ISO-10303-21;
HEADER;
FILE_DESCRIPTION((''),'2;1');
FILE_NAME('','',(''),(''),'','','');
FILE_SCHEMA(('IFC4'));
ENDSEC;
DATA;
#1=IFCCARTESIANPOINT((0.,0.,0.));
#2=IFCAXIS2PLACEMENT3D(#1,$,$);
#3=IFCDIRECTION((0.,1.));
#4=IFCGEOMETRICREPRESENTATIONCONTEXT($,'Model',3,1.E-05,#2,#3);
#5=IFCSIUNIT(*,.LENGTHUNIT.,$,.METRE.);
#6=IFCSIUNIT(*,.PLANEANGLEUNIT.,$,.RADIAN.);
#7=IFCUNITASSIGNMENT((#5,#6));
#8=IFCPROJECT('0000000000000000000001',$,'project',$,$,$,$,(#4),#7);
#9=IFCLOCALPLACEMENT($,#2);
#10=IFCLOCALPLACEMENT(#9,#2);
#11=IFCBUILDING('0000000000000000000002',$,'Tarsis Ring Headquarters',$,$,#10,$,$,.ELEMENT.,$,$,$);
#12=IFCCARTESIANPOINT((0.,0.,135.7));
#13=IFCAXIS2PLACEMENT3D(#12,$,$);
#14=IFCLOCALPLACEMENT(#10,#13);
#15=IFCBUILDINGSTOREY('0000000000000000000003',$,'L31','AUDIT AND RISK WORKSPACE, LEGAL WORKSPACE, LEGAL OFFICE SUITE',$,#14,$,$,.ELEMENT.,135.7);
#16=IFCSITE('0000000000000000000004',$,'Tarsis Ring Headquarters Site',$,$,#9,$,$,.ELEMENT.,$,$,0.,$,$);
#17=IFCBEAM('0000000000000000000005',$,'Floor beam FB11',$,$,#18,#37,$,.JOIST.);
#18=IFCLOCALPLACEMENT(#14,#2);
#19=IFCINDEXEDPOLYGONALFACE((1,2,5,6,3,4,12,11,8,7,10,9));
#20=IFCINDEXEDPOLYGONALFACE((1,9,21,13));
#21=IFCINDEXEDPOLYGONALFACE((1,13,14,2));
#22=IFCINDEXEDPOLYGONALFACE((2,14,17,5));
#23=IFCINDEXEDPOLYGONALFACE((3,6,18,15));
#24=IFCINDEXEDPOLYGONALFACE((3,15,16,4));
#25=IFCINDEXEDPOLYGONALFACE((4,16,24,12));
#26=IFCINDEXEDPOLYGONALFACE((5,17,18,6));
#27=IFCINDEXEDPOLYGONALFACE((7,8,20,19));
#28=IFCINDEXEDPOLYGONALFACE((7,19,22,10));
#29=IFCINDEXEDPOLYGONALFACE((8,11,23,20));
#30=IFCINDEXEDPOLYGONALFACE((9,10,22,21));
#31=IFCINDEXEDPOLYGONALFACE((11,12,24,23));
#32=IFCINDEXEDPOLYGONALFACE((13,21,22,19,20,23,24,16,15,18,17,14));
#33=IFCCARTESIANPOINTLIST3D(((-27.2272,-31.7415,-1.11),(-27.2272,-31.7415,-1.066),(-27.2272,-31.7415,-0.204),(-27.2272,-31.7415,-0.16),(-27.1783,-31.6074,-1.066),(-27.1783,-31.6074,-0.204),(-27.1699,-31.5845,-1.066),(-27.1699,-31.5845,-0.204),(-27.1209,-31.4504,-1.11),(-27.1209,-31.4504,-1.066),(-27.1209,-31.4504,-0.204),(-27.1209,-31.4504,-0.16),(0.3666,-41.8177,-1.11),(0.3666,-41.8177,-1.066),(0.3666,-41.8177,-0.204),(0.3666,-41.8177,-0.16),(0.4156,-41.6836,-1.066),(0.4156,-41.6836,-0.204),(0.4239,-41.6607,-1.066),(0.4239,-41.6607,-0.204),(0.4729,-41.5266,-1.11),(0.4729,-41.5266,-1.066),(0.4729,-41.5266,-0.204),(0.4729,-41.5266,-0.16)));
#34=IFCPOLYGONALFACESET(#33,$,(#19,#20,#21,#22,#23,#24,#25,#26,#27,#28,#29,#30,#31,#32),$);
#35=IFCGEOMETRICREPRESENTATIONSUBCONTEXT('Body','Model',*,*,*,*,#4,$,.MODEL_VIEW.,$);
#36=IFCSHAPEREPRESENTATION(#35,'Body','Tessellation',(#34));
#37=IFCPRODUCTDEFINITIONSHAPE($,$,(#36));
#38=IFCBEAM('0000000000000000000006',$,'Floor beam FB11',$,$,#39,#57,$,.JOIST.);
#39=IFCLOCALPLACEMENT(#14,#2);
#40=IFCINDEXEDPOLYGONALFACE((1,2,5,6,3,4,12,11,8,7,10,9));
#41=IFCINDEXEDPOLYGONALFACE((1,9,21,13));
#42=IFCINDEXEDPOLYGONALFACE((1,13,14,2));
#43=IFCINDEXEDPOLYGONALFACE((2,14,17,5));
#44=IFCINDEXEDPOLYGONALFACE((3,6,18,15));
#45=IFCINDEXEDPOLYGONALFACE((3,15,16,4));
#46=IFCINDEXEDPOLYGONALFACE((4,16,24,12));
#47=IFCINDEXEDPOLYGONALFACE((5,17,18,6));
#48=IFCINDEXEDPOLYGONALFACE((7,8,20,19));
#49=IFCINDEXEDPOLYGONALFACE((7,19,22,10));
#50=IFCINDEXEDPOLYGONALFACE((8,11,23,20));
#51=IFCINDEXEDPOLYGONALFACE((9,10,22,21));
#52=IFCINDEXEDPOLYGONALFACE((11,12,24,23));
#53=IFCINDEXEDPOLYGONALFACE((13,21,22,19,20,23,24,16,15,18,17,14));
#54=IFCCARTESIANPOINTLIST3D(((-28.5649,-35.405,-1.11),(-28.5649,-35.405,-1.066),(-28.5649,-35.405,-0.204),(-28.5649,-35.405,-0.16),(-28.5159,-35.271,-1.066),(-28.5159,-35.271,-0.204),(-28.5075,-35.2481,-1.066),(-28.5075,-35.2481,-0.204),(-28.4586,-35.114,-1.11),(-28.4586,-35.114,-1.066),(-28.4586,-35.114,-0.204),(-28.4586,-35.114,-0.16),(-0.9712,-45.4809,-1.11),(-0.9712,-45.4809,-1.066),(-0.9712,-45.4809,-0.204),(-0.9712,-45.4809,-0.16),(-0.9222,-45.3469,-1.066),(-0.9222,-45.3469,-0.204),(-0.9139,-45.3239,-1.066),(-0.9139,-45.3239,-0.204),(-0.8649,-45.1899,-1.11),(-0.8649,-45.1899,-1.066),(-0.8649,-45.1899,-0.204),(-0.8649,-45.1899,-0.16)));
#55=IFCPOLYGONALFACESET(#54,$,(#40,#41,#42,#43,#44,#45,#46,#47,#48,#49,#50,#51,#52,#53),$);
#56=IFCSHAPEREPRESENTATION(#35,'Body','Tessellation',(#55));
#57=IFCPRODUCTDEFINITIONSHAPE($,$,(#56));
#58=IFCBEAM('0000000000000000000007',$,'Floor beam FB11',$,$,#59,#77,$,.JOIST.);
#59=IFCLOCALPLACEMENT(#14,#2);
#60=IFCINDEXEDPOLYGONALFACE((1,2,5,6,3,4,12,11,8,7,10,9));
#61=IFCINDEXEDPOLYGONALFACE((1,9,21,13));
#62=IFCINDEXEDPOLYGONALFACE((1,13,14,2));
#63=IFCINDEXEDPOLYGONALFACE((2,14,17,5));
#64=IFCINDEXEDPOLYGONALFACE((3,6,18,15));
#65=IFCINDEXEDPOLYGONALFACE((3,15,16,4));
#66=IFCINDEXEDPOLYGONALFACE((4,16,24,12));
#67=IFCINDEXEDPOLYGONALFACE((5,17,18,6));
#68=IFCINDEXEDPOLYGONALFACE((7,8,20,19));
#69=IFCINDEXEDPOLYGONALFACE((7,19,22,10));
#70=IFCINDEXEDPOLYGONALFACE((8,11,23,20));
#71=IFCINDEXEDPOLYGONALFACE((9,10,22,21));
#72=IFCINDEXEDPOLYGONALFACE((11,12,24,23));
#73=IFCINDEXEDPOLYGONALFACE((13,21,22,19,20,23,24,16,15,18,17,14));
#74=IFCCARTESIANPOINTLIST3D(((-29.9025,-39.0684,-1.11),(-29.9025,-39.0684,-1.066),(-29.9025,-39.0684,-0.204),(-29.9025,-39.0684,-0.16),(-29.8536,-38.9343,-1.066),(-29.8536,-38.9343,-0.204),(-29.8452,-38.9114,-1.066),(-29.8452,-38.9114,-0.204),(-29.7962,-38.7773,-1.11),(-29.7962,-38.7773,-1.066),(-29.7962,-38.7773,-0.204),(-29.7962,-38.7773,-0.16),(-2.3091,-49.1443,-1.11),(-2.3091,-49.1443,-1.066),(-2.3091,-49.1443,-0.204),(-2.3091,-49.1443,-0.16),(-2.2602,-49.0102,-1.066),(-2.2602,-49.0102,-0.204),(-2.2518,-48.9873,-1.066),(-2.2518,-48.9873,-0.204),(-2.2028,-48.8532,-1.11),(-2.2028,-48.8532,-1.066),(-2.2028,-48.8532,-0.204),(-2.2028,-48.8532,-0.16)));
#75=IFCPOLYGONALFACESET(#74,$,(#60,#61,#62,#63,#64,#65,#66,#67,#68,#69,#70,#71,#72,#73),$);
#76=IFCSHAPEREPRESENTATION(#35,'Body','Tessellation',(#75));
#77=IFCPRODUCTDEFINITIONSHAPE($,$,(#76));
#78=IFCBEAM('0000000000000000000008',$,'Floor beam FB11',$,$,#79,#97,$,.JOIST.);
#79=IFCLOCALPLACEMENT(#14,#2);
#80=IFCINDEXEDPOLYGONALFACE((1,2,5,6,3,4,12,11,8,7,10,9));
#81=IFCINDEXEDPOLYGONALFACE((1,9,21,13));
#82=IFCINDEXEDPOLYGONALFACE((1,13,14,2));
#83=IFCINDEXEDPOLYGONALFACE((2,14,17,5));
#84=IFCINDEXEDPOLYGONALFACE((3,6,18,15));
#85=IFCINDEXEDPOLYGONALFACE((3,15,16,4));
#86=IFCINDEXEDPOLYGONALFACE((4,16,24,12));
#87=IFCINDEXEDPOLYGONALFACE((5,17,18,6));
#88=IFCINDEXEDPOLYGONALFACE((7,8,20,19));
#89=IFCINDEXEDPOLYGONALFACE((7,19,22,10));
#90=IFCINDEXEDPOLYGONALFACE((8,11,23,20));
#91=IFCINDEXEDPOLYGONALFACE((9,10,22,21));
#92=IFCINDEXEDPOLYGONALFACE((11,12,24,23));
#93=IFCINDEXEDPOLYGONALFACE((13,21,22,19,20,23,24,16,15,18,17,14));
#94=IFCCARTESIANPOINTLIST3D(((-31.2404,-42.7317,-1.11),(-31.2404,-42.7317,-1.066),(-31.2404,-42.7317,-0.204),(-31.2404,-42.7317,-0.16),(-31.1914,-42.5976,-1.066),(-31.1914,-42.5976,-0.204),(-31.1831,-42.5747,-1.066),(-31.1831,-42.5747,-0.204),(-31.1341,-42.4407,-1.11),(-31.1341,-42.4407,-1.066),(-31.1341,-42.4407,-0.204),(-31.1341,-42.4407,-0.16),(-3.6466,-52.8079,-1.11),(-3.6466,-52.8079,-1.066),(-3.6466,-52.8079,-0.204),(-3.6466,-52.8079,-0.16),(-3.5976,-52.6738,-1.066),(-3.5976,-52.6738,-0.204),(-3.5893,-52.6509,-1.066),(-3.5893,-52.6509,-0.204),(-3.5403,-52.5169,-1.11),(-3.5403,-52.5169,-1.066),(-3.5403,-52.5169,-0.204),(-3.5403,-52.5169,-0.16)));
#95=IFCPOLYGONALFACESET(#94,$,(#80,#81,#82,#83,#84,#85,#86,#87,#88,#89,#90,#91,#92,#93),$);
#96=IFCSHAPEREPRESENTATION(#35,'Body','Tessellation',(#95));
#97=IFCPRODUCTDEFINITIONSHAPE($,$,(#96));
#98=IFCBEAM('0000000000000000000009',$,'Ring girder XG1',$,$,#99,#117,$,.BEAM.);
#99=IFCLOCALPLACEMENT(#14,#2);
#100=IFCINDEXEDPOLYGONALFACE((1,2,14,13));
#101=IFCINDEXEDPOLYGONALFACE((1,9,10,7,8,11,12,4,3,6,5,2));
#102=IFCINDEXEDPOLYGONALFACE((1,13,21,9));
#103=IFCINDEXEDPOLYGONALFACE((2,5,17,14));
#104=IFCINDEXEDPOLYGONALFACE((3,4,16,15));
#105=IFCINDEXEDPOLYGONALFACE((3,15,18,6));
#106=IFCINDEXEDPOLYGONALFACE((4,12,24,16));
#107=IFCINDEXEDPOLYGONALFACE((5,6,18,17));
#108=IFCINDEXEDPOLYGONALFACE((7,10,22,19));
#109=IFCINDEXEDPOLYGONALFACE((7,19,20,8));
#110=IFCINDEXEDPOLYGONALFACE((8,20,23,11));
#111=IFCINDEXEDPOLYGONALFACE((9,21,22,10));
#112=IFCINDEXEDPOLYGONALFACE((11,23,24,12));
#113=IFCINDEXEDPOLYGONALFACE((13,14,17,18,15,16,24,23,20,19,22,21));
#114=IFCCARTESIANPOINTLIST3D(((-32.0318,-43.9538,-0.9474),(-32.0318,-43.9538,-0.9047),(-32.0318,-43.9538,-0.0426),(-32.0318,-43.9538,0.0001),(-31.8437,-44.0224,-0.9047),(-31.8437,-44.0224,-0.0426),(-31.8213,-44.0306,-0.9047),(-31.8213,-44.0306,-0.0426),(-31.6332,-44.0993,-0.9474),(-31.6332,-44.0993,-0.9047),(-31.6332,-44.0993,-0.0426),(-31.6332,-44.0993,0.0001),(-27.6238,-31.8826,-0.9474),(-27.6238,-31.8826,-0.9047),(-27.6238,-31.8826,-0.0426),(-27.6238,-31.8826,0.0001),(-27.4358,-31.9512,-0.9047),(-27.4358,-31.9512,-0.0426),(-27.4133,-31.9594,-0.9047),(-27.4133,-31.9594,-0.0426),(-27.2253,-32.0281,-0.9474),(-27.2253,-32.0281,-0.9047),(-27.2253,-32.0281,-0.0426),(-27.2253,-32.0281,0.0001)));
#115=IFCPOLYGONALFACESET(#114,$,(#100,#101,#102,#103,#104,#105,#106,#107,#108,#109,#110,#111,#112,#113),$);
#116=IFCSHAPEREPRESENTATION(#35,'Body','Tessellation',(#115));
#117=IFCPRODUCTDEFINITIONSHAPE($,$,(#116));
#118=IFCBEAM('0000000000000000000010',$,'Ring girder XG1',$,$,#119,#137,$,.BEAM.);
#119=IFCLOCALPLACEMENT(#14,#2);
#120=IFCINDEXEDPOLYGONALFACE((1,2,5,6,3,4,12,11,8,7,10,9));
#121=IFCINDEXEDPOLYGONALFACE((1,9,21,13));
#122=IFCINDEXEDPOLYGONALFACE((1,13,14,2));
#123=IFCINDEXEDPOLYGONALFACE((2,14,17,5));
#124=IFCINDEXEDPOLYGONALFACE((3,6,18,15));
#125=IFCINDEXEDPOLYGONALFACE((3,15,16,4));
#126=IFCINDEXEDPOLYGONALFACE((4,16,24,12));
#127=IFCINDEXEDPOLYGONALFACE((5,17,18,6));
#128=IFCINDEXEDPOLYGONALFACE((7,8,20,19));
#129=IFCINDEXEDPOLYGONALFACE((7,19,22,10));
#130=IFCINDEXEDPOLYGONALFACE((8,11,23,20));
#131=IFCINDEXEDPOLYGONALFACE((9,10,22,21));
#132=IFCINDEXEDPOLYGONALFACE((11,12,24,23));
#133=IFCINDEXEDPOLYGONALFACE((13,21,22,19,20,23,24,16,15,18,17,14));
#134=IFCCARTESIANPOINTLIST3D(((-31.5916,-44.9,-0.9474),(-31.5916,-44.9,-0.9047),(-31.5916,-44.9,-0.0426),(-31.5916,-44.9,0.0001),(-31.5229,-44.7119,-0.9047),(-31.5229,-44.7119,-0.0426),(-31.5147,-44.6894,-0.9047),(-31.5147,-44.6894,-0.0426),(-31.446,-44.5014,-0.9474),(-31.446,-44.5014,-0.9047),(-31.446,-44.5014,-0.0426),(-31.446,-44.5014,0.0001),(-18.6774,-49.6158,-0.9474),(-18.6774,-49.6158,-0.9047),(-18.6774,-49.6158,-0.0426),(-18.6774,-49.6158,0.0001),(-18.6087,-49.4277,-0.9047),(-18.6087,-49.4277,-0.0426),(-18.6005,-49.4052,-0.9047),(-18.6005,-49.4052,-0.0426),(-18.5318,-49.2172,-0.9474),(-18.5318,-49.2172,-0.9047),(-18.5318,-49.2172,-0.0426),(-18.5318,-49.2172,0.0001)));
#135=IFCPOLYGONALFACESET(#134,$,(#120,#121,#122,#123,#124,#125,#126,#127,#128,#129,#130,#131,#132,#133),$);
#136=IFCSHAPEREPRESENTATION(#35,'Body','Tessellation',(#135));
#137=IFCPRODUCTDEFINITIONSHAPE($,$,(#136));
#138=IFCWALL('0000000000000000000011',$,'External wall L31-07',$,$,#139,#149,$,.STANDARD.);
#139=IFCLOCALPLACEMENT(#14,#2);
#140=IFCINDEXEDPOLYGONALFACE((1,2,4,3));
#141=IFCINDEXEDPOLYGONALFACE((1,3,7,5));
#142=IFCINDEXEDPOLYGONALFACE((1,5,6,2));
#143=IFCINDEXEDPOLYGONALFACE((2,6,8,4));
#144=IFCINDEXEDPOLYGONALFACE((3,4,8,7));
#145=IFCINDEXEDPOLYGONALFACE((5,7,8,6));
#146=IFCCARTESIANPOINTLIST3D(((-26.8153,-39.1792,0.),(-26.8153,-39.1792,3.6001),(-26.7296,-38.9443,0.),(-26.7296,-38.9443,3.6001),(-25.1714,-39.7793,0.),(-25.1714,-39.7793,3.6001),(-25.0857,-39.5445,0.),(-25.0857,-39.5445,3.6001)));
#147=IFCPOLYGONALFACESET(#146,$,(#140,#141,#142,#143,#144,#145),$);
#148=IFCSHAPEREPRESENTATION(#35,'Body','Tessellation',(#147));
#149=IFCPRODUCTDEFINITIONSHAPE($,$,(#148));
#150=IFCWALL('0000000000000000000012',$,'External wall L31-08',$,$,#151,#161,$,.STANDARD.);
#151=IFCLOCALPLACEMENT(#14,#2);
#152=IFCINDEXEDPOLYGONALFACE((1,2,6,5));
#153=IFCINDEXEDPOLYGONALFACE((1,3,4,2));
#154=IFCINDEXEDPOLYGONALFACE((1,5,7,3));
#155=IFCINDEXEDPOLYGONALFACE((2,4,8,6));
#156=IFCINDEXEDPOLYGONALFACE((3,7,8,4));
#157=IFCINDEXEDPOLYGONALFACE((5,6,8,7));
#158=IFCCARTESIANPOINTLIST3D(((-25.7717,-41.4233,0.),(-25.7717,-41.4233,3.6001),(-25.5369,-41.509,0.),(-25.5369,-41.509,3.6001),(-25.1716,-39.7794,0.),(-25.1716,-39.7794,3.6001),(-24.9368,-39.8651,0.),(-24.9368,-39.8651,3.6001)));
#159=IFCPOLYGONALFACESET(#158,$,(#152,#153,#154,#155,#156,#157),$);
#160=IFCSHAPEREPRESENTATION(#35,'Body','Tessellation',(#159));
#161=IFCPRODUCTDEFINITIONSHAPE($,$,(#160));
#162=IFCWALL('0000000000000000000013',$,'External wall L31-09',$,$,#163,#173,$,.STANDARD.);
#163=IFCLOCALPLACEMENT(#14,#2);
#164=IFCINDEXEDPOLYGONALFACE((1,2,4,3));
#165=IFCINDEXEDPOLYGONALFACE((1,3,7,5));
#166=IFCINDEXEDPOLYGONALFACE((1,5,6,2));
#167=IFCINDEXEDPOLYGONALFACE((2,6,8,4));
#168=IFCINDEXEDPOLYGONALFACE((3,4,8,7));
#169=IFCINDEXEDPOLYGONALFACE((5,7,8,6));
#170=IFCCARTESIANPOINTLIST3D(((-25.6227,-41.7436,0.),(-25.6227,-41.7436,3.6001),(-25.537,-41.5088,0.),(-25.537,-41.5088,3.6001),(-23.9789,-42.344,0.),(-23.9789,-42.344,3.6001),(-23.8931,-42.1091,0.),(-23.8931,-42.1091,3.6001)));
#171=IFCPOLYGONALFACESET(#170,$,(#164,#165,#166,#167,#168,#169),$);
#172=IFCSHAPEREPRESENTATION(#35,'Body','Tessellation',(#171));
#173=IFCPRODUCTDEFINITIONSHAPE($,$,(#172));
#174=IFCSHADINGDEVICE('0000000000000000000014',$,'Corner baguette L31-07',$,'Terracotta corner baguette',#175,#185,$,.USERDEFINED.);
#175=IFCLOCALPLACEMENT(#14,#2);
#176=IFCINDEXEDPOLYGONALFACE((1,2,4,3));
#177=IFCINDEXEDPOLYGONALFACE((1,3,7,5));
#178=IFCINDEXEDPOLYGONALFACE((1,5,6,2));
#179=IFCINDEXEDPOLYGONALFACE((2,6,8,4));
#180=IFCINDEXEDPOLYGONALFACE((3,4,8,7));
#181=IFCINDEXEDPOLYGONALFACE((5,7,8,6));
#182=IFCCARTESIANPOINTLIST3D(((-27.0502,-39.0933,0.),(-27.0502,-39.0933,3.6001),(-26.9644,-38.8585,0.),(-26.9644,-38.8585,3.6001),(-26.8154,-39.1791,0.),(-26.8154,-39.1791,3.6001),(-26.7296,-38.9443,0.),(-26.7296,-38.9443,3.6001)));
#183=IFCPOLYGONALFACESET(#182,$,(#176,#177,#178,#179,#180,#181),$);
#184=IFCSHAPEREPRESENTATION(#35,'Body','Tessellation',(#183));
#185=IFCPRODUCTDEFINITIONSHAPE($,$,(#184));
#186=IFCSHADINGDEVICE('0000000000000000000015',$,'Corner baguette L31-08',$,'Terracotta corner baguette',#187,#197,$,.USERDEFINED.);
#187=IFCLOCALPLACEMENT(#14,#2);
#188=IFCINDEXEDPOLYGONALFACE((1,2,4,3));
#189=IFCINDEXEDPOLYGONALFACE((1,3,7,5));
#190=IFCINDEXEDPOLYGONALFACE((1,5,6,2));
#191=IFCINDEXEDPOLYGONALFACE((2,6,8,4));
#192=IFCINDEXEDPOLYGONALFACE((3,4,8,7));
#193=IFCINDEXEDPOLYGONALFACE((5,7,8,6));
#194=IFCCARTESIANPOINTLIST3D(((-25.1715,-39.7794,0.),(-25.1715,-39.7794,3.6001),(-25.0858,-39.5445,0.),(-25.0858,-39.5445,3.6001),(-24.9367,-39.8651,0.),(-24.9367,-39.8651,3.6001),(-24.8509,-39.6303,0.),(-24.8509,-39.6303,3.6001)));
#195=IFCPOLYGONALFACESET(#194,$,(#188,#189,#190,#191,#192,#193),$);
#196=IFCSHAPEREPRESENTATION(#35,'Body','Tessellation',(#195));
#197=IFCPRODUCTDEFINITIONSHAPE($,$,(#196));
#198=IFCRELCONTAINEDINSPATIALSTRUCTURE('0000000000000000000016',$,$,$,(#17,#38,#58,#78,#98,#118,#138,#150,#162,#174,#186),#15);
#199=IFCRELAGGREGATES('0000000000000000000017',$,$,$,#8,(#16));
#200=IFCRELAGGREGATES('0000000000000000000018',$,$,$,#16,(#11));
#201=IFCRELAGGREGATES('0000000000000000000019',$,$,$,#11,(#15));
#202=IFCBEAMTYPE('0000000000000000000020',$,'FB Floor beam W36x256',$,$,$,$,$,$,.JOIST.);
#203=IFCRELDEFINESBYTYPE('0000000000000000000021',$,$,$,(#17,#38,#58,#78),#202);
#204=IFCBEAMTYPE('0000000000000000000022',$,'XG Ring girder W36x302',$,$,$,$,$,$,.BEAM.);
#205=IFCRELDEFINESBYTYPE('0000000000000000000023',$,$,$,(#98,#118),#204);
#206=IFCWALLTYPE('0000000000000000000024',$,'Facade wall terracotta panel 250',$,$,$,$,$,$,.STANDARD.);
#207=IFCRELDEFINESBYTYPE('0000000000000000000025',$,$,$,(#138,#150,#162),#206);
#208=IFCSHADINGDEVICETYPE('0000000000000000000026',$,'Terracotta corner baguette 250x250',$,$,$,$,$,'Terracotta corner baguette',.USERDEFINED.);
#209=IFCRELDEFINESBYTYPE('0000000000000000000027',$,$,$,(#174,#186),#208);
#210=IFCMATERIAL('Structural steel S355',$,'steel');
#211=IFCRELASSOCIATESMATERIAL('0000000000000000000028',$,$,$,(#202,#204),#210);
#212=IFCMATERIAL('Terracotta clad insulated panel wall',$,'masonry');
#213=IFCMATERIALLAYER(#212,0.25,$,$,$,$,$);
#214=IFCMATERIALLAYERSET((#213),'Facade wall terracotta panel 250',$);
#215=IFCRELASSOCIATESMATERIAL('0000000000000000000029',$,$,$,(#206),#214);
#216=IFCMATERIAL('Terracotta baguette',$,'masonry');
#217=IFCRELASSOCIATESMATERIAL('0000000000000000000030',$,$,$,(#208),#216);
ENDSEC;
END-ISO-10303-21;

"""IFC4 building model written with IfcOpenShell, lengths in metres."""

from ifc_helpers import new_model, si_unit, direction, frame, frame_2d, origin, origin_2d, place, context, subcontext, project, spatial, rectangle, i_section, extrude, material, layer, layer_set, material_profile, profile_set, type_object, element, save


model = new_model("IFC4")

# Units and contexts
model_context = context("Model", 3, precision=1e-05, world=origin(), true_north=direction((0.0, 1.0)))
body_context = subcontext(model_context, "Body", "Model", "MODEL_VIEW")
ifc_project = project(units=[si_unit("LENGTHUNIT", "METRE"), si_unit("PLANEANGLEUNIT", "RADIAN")], contexts=[model_context])

# Site, building, storey
site_placement = place(None, origin())
site = spatial("IfcSite", under=ifc_project, at=site_placement, Name="Tarsis Ring Headquarters Site", CompositionType="ELEMENT", RefElevation=0.0)
building_placement = place(site_placement, origin())
building = spatial("IfcBuilding", under=site, at=building_placement, Name="Tarsis Ring Headquarters", CompositionType="ELEMENT")
storey_placement = place(building_placement, frame((0.0, 0.0, 135.7)))
storey = spatial("IfcBuildingStorey", under=building, at=storey_placement, Name="L31", Description="AUDIT AND RISK WORKSPACE, LEGAL WORKSPACE, LEGAL OFFICE SUITE", CompositionType="ELEMENT", Elevation=135.7)

# Shared definitions
ifc_material_1 = material(Name="Structural steel S355", Category="steel")

# Beams
ifc_material_profile_1 = material_profile(ifc_material_1, i_section(OverallWidth=0.3098, OverallDepth=0.95, WebThickness=0.0244, FlangeThickness=0.0439, at=origin_2d()), Name="W36x256")
ifc_profile_set_1 = profile_set([ifc_material_profile_1], Name="Structural steel S355")
beam_type_1 = type_object("IfcBeamType", Name="FB Floor beam W36x256", PredefinedType="JOIST", material=ifc_profile_set_1)
beam_1_placement = place(storey_placement, frame((-27.1741, -31.5959, -0.635), z_axis=(0.939332, -0.343008, 0.0), x_axis=(0.343008, 0.939332, 0.0)))
element("IfcBeam", 1, at=beam_1_placement, inside=storey, type_object=beam_type_1, Name="Floor beam FB11", PredefinedType="JOIST", context=body_context, shape_type="SweptSolid", body=[
    extrude(i_section(OverallWidth=0.3098, OverallDepth=0.95, WebThickness=0.0244, FlangeThickness=0.0439, at=origin_2d()), origin(), (0.0, 0.0, 1.0), 29.376),
])
beam_2_placement = place(storey_placement, frame((-28.5117, -35.2595, -0.635), z_axis=(0.939335, -0.343001, 0.0), x_axis=(0.343001, 0.939335, 0.0)))
element("IfcBeam", 2, at=beam_2_placement, inside=storey, type_object=beam_type_1, Name="Floor beam FB11", PredefinedType="JOIST", context=body_context, shape_type="SweptSolid", body=[
    extrude(i_section(OverallWidth=0.3098, OverallDepth=0.95, WebThickness=0.0244, FlangeThickness=0.0439, at=origin_2d()), origin(), (0.0, 0.0, 1.0), 29.3757),
])
beam_3_placement = place(storey_placement, frame((-29.8494, -38.9229, -0.635), z_axis=(0.939334, -0.343003, 0.0), x_axis=(0.343003, 0.939334, 0.0)))
element("IfcBeam", 3, at=beam_3_placement, inside=storey, type_object=beam_type_1, Name="Floor beam FB11", PredefinedType="JOIST", context=body_context, shape_type="SweptSolid", body=[
    extrude(i_section(OverallWidth=0.3098, OverallDepth=0.95, WebThickness=0.0244, FlangeThickness=0.0439, at=origin_2d()), origin(), (0.0, 0.0, 1.0), 29.3755),
])
beam_4_placement = place(storey_placement, frame((-31.1873, -42.5862, -0.635), z_axis=(0.939332, -0.343008, 0.0), x_axis=(0.343008, 0.939332, 0.0)))
element("IfcBeam", 4, at=beam_4_placement, inside=storey, type_object=beam_type_1, Name="Floor beam FB11", PredefinedType="JOIST", context=body_context, shape_type="SweptSolid", body=[
    extrude(i_section(OverallWidth=0.3098, OverallDepth=0.95, WebThickness=0.0244, FlangeThickness=0.0439, at=origin_2d()), origin(), (0.0, 0.0, 1.0), 29.376),
])
ifc_material_profile_2 = material_profile(ifc_material_1, i_section(OverallWidth=0.4243, OverallDepth=0.9475, WebThickness=0.0239, FlangeThickness=0.0427, at=origin_2d()), Name="W36x302")
ifc_profile_set_2 = profile_set([ifc_material_profile_2], Name="Structural steel S355")
beam_type_2 = type_object("IfcBeamType", Name="XG Ring girder W36x302", PredefinedType="BEAM", material=ifc_profile_set_2)
beam_5_placement = place(storey_placement, frame((-27.4246, -31.9553, -0.4736), z_axis=(-0.343007, -0.939333, 0.0), x_axis=(0.939333, -0.343007, 0.0)))
element("IfcBeam", 5, at=beam_5_placement, inside=storey, type_object=beam_type_2, Name="Ring girder XG1", PredefinedType="BEAM", context=body_context, shape_type="SweptSolid", body=[
    extrude(i_section(OverallWidth=0.4243, OverallDepth=0.9475, WebThickness=0.0239, FlangeThickness=0.0427, at=origin_2d()), origin(), (0.0, 0.0, 1.0), 12.8508),
])
beam_6_placement = place(storey_placement, frame((-31.5188, -44.7007, -0.4736), z_axis=(0.939332, -0.343009, 0.0), x_axis=(0.343009, 0.939332, 0.0)))
element("IfcBeam", 6, at=beam_6_placement, inside=storey, type_object=beam_type_2, Name="Ring girder XG1", PredefinedType="BEAM", context=body_context, shape_type="SweptSolid", body=[
    extrude(i_section(OverallWidth=0.4243, OverallDepth=0.9475, WebThickness=0.0239, FlangeThickness=0.0427, at=origin_2d()), origin(), (0.0, 0.0, 1.0), 13.7483),
])

# Walls
ifc_material_2 = material(Name="Terracotta clad insulated panel wall", Category="masonry")
ifc_layer = layer(ifc_material_2, 0.25)
ifc_layer_set = layer_set([ifc_layer], Name="Facade wall terracotta panel 250")
wall_type = type_object("IfcWallType", Name="Facade wall terracotta panel 250", PredefinedType="STANDARD", material=ifc_layer_set)
for number, where, z_axis, x_axis, name in (
    (7, (-26.7725, -39.0618, 0.0), (0.0, 0.0, 1.0), (0.939361, -0.34293, 0.0), "External wall L31-07"),
    (8, (-25.0542, -39.8223, 0.0), (0.0, 0.0, 1.0), (-0.34293, -0.939361, 0.0), "External wall L31-08"),
    (9, (-25.5798, -41.6262, 0.0), (0.0, 0.0, 1.0), (0.939316, -0.343053, 0.0), "External wall L31-09"),
):
    element("IfcWall", number, at=place(storey_placement, frame(where, z_axis=z_axis, x_axis=x_axis)), inside=storey, type_object=wall_type, Name=name, PredefinedType="STANDARD", context=body_context, shape_type="SweptSolid", body=[
        extrude(rectangle(XDim=1.75, YDim=0.25, at=frame_2d((0.875, 0.0))), origin(), (0.0, 0.0, 1.0), 3.6001),
    ])

# Shading devices
ifc_material_3 = material(Name="Terracotta baguette", Category="masonry")
shading_device_type = type_object("IfcShadingDeviceType", Name="Terracotta corner baguette 250x250", ElementType="Terracotta corner baguette", PredefinedType="USERDEFINED", material=ifc_material_3)
for number, where, z_axis, x_axis, name in (
    (10, (-26.8899, -39.0188, 0.0), (0.0, 0.0, 1.0), (-0.343004, -0.939334, 0.0), "Corner baguette L31-07"),
    (11, (-25.0112, -39.7048, 0.0), (0.0, 0.0, 1.0), (0.939334, -0.343004, 0.0), "Corner baguette L31-08"),
):
    element("IfcShadingDevice", number, at=place(storey_placement, frame(where, z_axis=z_axis, x_axis=x_axis)), inside=storey, type_object=shading_device_type, Name=name, ObjectType="Terracotta corner baguette", PredefinedType="USERDEFINED", context=body_context, shape_type="SweptSolid", body=[
        extrude(rectangle(XDim=0.25, YDim=0.25, at=origin_2d()), origin(), (0.0, 0.0, 1.0), 3.6001),
    ])

save(model, "model.ifc")
